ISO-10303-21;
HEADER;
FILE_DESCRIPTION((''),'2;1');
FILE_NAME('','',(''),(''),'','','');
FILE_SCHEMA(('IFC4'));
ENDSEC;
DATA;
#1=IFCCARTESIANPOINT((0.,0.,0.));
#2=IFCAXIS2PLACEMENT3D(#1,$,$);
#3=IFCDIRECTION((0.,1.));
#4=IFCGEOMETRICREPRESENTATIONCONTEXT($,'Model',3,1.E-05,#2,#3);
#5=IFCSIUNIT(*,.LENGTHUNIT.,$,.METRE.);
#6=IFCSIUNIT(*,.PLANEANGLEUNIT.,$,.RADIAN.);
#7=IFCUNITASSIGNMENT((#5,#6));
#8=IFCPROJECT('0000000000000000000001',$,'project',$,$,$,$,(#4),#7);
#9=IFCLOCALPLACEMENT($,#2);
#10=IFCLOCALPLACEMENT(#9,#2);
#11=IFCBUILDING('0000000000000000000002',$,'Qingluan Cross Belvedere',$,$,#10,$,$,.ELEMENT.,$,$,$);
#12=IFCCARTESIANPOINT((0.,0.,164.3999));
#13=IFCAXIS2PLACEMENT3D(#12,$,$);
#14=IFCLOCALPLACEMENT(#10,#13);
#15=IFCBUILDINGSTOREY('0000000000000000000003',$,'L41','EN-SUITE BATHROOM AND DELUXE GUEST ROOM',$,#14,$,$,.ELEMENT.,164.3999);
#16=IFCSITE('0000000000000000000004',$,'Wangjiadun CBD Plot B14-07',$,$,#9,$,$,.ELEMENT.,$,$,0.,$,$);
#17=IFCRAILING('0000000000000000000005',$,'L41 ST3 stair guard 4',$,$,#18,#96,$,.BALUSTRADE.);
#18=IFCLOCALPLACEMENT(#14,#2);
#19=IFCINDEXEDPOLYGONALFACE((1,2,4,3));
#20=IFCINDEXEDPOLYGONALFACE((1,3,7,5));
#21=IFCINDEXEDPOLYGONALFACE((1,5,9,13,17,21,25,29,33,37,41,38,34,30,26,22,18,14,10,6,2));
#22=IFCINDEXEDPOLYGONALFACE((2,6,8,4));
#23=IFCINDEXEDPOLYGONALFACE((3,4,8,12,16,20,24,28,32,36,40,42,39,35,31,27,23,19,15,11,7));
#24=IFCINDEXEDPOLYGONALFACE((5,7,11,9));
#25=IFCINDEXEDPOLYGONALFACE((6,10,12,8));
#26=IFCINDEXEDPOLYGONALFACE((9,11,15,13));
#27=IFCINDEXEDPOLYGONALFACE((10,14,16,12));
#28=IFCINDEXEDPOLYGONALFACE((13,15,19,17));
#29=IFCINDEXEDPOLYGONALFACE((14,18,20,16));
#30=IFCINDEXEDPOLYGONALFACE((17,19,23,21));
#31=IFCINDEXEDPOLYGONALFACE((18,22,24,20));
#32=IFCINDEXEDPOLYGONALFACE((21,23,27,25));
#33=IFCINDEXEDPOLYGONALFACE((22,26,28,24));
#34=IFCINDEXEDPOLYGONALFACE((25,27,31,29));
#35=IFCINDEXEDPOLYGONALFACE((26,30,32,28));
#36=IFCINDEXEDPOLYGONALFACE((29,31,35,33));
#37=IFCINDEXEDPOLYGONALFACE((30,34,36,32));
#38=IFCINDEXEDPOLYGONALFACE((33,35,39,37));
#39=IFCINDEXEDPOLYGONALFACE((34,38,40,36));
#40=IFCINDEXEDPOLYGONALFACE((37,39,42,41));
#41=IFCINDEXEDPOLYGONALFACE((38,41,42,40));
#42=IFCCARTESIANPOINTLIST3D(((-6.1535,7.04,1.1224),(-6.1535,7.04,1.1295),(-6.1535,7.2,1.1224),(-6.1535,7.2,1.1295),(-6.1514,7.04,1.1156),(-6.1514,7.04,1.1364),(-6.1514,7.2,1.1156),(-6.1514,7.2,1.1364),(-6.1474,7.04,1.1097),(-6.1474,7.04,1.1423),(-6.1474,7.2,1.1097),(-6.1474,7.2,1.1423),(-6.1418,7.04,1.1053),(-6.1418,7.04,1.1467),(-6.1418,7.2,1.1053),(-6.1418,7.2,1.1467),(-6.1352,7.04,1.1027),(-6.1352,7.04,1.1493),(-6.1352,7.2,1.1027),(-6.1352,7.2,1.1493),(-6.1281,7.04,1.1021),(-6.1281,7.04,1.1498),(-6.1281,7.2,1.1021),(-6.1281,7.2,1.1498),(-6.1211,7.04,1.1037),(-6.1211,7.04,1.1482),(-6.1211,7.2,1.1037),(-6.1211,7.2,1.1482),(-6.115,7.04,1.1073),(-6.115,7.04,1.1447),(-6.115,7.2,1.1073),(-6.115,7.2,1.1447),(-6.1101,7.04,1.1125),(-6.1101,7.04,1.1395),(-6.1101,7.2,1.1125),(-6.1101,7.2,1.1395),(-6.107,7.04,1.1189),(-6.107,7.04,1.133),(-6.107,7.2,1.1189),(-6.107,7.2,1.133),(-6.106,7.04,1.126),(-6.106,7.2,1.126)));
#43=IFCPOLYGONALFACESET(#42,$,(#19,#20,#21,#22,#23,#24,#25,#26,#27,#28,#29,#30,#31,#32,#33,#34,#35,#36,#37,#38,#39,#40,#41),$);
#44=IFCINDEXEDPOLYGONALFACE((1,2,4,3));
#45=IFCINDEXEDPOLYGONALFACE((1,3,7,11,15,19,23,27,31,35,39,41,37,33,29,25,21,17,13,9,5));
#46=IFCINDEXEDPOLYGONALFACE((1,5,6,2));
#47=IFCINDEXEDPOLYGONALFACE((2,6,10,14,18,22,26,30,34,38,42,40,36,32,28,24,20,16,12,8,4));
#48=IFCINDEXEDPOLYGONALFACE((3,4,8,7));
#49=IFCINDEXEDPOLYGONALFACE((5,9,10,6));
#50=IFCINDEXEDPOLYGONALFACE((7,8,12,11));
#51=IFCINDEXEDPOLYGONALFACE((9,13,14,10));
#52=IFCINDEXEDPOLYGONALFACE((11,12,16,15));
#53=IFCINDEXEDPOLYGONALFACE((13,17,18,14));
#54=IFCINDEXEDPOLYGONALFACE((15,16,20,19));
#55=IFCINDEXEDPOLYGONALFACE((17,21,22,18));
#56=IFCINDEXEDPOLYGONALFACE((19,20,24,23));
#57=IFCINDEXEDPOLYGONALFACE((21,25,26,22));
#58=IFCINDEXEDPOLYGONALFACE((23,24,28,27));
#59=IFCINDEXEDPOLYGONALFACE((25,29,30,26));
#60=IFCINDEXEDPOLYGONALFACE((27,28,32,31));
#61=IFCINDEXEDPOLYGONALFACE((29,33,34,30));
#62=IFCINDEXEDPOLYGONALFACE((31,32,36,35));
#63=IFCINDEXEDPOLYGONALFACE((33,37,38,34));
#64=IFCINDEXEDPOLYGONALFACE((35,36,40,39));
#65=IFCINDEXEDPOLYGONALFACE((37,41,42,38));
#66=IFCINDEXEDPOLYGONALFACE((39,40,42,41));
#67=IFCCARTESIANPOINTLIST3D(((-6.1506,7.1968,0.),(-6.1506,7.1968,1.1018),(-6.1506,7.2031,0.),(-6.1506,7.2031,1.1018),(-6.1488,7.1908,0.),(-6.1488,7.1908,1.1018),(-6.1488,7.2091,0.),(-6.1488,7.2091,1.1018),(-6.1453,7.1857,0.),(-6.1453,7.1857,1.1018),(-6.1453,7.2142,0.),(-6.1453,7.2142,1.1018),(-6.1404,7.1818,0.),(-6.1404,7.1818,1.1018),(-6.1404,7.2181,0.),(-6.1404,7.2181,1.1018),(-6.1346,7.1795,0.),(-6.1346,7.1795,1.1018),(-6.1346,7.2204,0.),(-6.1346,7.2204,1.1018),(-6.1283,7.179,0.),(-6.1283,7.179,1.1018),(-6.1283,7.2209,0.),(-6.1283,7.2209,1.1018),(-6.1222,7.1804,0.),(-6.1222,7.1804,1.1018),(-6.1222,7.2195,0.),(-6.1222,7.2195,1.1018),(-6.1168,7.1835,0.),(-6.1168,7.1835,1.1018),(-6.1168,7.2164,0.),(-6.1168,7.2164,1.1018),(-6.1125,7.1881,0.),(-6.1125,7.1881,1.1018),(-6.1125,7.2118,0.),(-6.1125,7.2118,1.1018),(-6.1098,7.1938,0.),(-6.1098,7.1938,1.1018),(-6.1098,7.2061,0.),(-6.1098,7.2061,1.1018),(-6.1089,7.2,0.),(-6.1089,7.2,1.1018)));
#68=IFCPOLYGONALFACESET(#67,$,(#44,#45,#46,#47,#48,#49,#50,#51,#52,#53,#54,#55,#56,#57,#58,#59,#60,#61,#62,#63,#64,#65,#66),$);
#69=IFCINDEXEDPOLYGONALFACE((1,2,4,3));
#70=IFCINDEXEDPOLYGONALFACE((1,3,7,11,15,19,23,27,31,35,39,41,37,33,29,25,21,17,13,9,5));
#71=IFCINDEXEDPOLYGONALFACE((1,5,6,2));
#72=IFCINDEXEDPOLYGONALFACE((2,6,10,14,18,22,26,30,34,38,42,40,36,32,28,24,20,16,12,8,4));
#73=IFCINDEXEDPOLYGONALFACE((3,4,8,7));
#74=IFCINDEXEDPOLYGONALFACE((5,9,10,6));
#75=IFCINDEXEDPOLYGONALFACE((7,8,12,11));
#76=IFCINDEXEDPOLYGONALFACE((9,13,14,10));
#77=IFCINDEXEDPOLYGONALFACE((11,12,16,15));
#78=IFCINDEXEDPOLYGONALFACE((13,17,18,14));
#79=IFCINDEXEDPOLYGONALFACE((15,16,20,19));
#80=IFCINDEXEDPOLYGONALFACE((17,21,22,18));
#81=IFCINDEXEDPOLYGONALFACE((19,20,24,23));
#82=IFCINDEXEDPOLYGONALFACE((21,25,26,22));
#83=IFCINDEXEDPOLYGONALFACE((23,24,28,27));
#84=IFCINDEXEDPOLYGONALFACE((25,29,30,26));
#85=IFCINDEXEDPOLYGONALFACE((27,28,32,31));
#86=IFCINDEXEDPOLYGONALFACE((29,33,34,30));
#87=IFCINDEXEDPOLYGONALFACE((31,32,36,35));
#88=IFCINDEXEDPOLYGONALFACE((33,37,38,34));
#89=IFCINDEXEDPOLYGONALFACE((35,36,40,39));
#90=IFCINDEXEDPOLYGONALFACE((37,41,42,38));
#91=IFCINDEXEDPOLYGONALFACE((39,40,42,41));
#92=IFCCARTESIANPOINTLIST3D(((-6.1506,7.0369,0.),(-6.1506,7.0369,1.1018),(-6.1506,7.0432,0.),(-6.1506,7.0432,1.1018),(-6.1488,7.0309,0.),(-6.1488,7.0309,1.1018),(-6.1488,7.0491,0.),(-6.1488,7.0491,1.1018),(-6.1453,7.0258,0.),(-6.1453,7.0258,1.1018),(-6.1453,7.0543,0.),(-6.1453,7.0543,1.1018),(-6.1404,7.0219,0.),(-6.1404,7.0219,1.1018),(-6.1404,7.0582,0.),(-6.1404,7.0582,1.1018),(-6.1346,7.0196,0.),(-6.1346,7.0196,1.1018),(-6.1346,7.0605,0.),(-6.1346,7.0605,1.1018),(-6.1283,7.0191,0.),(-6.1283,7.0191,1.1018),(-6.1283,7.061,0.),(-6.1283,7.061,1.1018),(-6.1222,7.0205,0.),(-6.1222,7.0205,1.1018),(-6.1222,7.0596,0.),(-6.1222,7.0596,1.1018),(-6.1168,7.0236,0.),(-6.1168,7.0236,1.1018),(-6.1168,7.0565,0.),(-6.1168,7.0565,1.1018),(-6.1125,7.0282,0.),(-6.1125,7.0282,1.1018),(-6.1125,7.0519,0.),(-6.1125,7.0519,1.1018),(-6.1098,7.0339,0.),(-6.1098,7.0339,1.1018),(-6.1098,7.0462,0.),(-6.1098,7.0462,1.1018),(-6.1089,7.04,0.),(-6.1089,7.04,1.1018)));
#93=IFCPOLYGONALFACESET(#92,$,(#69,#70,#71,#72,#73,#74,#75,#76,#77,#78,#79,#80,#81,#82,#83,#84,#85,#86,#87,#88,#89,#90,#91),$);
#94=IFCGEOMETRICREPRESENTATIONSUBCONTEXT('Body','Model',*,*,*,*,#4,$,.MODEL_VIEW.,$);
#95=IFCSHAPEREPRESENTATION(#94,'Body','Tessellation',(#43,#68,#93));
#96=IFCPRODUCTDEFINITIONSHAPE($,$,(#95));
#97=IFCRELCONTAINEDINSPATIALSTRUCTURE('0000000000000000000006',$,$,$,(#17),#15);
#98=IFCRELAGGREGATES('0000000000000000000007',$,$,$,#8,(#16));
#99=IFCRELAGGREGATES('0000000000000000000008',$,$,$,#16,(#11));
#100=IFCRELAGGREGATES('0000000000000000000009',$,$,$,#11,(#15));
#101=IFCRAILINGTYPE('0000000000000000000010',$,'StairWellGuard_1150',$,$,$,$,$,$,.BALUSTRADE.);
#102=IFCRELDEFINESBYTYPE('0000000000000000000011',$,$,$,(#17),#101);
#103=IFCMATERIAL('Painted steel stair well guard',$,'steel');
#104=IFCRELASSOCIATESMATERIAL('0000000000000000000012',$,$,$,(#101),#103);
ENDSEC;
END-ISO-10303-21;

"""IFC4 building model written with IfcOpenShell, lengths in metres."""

from ifc_helpers import new_model, si_unit, direction, frame, origin, origin_2d, place, context, subcontext, project, spatial, circle, extrude, material, type_object, element, save


model = new_model("IFC4")

# Units and contexts
model_context = context("Model", 3, precision=1e-05, world=origin(), true_north=direction((0.0, 1.0)))
body_context = subcontext(model_context, "Body", "Model", "MODEL_VIEW")
ifc_project = project(units=[si_unit("LENGTHUNIT", "METRE"), si_unit("PLANEANGLEUNIT", "RADIAN")], contexts=[model_context])

# Site, building, storey
site_placement = place(None, origin())
site = spatial("IfcSite", under=ifc_project, at=site_placement, Name="Wangjiadun CBD Plot B14-07", CompositionType="ELEMENT", RefElevation=0.0)
building_placement = place(site_placement, origin())
building = spatial("IfcBuilding", under=site, at=building_placement, Name="Qingluan Cross Belvedere", CompositionType="ELEMENT")
storey_placement = place(building_placement, frame((0.0, 0.0, 164.3999)))
storey = spatial("IfcBuildingStorey", under=building, at=storey_placement, Name="L41", Description="EN-SUITE BATHROOM AND DELUXE GUEST ROOM", CompositionType="ELEMENT", Elevation=164.3999)

# Railing
ifc_material_1 = material(Name="Painted steel stair well guard", Category="steel")
railing_type_1 = type_object("IfcRailingType", Name="StairWellGuard_1150", PredefinedType="BALUSTRADE", material=ifc_material_1)
railing_1_placement = place(storey_placement, frame((-6.1299, 7.2, 0.0)))
element("IfcRailing", 1, at=railing_1_placement, inside=storey, type_object=railing_type_1, Name="L41 ST3 stair guard 4", PredefinedType="BALUSTRADE", context=body_context, shape_type="SweptSolid", body=[
    extrude(circle(Radius=0.0239, at=origin_2d()), frame((0.0, 0.0, 1.126), z_axis=(0.0, -1.0, 0.0), x_axis=(1.0, 0.0, 0.0)), (0.0, 0.0, 1.0), 0.1599),
    extrude(circle(Radius=0.021, at=origin_2d()), origin(), (0.0, 0.0, 1.0), 1.1018),
    extrude(circle(Radius=0.021, at=origin_2d()), frame((0.0, -0.1599, 0.0)), (0.0, 0.0, 1.0), 1.1018),
])

save(model, "model.ifc")
